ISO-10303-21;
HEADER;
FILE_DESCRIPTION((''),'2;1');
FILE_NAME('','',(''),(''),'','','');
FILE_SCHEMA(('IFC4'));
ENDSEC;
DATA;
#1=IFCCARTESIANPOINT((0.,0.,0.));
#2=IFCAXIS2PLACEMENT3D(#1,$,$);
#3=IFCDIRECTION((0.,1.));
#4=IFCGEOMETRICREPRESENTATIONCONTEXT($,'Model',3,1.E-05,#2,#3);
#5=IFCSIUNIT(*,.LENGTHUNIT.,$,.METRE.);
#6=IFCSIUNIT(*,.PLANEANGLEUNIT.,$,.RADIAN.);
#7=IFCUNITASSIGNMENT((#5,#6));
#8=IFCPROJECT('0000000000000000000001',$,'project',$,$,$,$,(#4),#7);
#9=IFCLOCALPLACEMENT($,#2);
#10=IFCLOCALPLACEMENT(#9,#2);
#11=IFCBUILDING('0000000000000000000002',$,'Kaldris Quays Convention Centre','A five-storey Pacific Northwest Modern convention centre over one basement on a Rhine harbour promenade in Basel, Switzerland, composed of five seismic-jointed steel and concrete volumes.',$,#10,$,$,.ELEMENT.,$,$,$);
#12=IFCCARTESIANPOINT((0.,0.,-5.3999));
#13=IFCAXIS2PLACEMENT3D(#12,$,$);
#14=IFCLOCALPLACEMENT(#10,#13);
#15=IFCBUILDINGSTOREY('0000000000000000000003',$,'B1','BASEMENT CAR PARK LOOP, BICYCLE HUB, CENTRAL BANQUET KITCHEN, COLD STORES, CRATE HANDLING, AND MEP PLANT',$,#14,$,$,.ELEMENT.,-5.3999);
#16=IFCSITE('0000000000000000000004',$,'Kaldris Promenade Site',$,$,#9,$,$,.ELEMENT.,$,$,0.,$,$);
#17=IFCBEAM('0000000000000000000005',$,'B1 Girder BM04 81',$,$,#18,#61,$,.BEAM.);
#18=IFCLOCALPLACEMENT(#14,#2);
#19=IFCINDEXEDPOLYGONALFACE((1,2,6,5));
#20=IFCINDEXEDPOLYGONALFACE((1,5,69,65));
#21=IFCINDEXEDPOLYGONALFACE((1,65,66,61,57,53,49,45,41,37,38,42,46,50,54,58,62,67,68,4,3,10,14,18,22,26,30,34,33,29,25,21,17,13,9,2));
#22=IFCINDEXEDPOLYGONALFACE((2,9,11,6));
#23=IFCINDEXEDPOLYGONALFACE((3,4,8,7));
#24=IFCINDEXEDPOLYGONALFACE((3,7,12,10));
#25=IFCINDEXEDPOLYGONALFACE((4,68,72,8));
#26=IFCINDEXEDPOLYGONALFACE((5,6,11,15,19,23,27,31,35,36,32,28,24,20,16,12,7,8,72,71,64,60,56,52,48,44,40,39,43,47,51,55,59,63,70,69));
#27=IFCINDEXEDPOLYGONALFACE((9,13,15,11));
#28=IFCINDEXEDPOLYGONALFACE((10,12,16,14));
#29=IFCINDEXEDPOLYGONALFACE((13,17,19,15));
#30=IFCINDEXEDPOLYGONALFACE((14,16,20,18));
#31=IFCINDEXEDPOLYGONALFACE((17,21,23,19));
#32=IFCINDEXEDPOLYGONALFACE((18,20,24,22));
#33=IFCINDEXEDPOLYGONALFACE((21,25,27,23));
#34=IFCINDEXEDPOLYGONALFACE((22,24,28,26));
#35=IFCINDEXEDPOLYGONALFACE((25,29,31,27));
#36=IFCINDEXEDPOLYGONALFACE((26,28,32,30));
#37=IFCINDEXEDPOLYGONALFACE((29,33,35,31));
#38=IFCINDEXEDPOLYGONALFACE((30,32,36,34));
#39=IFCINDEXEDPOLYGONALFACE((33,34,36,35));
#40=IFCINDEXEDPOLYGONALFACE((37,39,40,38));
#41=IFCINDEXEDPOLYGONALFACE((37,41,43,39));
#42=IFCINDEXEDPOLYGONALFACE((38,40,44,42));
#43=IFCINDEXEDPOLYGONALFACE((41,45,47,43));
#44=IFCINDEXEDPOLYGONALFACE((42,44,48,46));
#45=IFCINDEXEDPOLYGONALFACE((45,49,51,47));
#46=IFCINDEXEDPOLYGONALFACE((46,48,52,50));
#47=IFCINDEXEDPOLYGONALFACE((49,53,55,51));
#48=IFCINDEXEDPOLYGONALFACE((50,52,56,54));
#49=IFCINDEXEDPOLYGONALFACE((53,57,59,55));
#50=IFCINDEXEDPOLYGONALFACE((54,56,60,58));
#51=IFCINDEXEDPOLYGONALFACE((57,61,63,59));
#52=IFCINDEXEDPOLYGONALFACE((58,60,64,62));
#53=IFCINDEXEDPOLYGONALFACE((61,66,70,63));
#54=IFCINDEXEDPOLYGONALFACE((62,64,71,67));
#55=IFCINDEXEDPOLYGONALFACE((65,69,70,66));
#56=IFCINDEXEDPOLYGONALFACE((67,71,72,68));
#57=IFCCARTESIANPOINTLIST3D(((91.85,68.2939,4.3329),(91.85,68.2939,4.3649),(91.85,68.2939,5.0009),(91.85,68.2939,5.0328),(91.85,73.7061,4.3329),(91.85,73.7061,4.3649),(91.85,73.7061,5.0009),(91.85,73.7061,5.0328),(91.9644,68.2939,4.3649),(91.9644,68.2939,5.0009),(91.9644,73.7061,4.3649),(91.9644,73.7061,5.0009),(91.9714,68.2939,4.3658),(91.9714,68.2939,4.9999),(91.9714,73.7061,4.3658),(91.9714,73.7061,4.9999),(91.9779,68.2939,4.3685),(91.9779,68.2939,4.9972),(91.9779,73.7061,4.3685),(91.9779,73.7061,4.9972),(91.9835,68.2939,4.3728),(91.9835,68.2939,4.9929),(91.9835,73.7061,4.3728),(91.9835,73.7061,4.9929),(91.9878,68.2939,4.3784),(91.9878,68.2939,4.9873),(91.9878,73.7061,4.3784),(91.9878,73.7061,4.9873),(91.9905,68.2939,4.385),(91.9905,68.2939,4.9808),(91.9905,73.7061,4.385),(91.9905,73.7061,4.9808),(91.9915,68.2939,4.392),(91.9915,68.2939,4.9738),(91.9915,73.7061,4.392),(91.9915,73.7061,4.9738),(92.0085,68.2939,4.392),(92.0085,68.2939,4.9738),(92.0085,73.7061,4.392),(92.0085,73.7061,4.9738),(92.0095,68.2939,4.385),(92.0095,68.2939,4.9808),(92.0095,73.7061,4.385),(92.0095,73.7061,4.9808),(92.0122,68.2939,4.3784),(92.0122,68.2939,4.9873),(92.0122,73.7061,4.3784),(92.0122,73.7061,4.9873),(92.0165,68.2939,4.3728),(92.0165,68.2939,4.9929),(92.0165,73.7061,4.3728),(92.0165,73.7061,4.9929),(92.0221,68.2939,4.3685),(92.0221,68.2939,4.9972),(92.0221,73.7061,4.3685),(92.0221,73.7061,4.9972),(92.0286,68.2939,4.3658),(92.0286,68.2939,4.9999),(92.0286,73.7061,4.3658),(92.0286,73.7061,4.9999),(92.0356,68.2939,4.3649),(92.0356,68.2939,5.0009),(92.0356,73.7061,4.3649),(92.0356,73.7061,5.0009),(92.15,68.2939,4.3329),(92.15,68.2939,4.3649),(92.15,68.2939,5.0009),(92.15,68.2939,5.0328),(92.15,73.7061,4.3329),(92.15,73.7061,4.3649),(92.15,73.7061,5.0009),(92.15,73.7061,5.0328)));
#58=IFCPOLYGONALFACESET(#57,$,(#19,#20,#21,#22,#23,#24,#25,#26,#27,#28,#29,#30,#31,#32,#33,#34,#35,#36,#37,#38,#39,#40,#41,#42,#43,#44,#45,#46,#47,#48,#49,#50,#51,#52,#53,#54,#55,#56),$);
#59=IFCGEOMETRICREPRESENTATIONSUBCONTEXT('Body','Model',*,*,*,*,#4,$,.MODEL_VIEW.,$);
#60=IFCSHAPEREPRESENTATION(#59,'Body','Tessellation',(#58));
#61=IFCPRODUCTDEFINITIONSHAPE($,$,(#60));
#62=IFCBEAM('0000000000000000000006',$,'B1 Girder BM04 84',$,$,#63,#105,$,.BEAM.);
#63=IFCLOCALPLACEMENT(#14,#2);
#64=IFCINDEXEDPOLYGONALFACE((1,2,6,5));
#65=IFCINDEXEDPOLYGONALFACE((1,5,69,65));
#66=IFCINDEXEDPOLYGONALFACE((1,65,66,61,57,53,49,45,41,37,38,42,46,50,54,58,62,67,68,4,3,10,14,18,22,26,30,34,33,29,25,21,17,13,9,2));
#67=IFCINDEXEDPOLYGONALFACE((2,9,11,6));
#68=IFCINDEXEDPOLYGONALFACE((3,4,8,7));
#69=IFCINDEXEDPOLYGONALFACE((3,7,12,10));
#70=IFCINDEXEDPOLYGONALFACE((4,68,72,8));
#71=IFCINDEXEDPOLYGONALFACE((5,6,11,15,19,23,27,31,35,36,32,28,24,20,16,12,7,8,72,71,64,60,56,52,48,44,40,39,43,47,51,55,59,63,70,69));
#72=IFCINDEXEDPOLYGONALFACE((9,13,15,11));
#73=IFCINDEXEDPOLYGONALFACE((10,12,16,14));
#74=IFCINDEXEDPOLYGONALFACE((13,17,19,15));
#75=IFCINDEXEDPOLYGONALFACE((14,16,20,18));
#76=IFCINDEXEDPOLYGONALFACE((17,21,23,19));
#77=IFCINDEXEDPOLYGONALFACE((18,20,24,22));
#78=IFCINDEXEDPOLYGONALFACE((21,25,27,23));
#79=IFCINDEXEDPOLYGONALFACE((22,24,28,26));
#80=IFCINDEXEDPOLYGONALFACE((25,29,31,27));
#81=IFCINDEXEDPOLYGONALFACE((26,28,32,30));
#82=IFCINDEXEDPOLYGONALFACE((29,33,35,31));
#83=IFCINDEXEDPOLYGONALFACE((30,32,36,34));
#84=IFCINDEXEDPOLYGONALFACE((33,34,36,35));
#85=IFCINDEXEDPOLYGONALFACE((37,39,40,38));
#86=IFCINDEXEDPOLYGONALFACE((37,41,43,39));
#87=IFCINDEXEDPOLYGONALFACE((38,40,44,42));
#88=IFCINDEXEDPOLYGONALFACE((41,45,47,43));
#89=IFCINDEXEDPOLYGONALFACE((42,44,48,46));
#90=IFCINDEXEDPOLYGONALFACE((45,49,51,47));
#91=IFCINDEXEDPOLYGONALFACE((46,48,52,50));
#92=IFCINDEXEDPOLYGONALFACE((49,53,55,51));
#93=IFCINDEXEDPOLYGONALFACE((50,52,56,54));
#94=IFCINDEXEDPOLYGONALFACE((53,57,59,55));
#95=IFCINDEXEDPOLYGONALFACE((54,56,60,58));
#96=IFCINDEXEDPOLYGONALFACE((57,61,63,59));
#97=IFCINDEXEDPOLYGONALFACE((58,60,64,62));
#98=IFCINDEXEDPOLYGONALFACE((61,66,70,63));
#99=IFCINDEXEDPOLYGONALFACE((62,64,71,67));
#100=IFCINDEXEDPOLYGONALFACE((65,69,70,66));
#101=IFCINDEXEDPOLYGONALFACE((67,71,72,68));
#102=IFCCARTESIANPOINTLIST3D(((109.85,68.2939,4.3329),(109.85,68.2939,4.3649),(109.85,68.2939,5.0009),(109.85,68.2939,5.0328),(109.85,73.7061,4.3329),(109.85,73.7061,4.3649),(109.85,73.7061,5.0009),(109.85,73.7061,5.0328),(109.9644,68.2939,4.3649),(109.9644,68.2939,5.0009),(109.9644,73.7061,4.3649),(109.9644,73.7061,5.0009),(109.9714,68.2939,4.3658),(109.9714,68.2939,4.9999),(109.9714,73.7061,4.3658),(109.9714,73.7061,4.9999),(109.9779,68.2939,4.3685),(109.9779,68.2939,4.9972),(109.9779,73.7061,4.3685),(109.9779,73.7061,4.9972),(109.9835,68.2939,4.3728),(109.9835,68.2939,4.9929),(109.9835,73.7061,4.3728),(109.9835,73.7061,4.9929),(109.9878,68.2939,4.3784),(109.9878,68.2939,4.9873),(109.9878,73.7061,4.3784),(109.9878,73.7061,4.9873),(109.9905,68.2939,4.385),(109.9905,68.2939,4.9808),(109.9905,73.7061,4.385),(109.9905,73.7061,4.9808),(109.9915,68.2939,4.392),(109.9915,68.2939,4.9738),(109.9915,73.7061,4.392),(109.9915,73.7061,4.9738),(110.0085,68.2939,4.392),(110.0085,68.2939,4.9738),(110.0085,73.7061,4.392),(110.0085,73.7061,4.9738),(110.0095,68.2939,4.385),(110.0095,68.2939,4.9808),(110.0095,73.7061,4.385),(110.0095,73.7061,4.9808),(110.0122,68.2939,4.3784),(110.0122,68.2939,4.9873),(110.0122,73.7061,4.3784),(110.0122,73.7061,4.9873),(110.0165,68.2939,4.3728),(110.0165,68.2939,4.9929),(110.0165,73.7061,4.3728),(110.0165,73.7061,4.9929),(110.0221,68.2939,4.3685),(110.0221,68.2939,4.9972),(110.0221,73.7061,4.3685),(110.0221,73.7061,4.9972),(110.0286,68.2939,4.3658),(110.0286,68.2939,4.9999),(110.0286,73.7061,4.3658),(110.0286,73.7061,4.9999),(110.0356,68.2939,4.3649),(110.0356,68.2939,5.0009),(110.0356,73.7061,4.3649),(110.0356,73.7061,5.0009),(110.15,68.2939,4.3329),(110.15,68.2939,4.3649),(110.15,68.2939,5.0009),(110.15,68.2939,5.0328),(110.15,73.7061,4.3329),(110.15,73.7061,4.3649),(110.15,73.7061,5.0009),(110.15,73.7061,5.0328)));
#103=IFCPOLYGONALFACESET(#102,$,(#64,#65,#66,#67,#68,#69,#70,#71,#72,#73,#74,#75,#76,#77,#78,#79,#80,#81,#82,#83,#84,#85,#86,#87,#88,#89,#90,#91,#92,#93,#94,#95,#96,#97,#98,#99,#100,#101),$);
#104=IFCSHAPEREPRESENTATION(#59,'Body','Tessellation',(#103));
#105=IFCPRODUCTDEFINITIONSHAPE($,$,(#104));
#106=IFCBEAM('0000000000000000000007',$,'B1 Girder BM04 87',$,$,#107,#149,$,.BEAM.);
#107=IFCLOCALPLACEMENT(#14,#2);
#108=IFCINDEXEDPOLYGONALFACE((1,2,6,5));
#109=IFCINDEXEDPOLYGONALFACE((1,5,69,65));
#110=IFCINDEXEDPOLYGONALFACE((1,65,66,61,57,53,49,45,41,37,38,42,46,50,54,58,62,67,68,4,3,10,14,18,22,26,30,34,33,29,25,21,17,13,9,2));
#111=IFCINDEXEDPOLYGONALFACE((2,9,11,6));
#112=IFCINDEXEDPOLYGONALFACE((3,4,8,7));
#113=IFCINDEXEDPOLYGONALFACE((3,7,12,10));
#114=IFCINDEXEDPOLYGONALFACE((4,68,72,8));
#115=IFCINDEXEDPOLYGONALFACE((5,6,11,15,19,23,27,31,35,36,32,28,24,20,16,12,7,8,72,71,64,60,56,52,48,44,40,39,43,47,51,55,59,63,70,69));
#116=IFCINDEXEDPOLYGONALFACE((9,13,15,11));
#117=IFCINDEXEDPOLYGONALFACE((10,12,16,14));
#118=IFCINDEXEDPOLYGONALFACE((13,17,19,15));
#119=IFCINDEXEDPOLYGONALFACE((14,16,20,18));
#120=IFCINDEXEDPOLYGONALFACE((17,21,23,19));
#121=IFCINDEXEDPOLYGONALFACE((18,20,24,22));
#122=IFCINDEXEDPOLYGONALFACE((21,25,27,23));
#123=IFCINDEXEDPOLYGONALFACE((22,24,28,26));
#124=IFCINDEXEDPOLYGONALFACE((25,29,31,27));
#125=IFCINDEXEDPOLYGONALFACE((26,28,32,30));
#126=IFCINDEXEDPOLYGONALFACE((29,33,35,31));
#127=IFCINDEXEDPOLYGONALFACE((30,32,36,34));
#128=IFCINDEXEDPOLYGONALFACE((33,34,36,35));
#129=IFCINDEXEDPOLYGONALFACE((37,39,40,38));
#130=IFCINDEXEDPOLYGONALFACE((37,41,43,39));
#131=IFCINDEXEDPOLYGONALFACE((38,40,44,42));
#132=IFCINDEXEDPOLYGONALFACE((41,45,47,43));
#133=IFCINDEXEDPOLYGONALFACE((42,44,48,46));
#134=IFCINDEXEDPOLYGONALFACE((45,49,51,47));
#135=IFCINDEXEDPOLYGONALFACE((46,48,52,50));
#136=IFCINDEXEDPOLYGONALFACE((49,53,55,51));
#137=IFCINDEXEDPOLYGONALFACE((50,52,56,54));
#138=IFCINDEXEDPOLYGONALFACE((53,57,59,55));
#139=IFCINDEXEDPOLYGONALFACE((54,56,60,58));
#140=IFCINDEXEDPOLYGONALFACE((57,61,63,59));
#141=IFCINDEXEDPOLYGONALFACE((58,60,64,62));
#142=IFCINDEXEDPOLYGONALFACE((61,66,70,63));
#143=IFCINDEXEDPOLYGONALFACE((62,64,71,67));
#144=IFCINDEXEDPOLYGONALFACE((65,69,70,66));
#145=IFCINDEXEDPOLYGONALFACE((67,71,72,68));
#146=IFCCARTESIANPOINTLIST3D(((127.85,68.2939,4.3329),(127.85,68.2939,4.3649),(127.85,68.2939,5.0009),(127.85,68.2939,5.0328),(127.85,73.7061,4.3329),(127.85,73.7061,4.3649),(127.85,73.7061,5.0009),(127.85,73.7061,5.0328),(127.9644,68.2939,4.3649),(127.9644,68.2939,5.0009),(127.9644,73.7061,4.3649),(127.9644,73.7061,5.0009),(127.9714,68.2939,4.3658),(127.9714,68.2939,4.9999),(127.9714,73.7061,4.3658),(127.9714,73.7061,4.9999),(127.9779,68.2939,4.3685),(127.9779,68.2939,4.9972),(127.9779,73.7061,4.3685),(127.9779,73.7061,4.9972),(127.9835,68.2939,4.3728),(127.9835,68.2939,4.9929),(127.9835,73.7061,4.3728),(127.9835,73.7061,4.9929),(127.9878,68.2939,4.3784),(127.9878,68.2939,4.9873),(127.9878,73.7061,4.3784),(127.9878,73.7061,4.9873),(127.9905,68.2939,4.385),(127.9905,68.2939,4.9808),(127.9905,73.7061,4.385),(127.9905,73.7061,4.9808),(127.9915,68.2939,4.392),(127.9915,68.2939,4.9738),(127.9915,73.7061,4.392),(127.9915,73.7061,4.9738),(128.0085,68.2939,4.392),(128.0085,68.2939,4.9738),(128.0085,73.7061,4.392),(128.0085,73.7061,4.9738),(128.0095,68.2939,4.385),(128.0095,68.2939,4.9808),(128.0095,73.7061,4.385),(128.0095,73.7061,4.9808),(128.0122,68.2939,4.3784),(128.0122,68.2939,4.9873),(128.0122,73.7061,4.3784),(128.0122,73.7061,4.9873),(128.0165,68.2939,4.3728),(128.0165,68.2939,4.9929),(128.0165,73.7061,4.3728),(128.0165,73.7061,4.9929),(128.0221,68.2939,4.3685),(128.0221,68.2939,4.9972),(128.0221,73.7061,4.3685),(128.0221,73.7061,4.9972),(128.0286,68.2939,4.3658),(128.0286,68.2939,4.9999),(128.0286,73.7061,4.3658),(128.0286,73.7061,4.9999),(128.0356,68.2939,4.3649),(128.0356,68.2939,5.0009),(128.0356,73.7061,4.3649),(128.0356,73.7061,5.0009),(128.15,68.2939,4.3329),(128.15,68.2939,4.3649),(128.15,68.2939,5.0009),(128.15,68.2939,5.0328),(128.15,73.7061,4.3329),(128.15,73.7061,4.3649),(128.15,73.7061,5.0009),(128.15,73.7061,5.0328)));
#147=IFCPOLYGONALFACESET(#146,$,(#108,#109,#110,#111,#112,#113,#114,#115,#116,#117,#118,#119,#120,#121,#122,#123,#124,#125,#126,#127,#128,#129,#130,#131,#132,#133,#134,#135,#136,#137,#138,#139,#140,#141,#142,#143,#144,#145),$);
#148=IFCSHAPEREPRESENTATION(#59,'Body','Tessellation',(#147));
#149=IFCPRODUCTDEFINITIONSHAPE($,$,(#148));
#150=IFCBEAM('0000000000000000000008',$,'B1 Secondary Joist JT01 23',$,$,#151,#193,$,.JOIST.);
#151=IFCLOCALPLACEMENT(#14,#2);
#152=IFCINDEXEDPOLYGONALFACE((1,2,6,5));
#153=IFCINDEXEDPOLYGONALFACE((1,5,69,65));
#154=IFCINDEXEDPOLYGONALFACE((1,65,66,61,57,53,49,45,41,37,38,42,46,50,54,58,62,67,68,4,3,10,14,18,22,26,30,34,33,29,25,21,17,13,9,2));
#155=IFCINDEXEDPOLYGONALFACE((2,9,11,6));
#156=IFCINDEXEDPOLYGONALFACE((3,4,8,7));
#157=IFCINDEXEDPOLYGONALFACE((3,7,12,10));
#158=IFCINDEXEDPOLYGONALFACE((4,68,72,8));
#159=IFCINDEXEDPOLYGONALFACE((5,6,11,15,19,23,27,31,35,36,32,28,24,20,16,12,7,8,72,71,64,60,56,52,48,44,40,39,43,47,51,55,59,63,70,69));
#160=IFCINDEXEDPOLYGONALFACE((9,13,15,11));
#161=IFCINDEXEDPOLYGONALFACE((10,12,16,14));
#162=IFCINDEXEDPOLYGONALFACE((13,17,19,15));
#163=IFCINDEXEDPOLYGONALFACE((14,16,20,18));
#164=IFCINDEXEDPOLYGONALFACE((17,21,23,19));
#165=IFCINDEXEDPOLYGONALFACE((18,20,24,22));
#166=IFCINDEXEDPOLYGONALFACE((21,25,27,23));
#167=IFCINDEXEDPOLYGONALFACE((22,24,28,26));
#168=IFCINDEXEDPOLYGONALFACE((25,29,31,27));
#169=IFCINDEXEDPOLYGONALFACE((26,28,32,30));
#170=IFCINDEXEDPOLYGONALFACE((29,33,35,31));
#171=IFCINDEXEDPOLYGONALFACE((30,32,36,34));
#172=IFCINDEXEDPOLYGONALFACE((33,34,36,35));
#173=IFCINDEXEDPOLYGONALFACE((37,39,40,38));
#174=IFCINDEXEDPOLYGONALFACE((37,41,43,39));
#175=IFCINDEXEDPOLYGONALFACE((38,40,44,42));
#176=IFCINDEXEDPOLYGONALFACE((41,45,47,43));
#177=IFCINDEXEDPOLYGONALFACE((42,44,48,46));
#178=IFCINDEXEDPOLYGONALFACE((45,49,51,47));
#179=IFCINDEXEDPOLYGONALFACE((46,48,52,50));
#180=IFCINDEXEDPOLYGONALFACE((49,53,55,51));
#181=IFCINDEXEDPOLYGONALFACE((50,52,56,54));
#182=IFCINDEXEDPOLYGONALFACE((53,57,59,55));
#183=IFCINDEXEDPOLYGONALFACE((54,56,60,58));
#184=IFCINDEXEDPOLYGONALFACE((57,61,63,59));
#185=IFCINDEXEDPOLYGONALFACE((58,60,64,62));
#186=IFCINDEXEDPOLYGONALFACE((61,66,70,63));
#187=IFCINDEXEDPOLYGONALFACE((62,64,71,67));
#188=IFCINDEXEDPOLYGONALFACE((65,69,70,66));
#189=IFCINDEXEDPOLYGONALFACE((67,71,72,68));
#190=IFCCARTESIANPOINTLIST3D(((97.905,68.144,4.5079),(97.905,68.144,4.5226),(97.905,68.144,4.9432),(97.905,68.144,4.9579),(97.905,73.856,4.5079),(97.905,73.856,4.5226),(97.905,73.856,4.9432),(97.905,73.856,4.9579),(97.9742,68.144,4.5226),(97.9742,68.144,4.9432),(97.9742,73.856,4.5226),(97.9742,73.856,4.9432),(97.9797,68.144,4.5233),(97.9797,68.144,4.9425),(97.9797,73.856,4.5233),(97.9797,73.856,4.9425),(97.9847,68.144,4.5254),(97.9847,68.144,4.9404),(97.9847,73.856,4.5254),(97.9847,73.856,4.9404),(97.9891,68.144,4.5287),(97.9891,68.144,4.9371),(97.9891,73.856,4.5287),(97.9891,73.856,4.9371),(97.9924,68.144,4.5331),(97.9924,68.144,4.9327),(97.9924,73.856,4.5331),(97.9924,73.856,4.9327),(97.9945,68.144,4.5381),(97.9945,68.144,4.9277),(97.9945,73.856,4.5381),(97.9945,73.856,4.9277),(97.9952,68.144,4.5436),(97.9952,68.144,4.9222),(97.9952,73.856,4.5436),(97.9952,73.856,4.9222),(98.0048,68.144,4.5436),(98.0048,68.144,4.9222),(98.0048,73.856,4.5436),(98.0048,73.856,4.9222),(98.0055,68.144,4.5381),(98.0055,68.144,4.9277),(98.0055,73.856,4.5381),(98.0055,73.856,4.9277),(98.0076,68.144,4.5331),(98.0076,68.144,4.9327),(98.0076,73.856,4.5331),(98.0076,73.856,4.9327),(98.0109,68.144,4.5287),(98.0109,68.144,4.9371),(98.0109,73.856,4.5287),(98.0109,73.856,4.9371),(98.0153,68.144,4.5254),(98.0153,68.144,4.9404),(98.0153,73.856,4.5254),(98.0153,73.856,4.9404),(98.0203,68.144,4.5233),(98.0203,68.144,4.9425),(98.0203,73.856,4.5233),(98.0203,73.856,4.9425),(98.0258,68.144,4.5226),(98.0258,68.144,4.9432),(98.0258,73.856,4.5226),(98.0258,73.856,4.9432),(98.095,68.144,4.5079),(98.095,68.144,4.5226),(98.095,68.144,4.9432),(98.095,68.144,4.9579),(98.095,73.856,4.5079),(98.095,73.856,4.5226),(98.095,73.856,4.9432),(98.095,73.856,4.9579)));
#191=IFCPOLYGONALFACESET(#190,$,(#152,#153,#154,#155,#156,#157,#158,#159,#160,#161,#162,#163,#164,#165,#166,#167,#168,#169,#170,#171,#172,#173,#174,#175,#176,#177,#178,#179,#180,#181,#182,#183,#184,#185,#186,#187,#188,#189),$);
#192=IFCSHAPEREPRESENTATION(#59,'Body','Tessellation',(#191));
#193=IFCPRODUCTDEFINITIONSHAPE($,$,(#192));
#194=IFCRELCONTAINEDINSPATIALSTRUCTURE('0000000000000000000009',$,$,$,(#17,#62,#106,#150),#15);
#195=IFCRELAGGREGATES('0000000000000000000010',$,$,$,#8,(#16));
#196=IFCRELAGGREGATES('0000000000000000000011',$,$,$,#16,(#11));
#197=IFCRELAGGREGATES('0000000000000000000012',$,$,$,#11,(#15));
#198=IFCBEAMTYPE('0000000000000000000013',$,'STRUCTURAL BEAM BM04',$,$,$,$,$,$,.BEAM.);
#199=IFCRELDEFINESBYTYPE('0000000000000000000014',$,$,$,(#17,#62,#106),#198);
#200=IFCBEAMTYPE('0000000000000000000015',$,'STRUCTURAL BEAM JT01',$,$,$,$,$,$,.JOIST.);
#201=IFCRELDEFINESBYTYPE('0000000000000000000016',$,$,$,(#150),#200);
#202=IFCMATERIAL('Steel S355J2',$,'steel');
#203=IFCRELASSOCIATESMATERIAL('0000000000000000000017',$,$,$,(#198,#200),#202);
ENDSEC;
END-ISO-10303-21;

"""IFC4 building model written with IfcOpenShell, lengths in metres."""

from ifc_helpers import new_model, si_unit, direction, frame, origin, origin_2d, place, context, subcontext, project, spatial, i_section, extrude, material, material_profile, profile_set, type_object, element, save


model = new_model("IFC4")

# Units and contexts
model_context = context("Model", 3, precision=1e-05, world=origin(), true_north=direction((0.0, 1.0)))
body_context = subcontext(model_context, "Body", "Model", "MODEL_VIEW")
ifc_project = project(units=[si_unit("LENGTHUNIT", "METRE"), si_unit("PLANEANGLEUNIT", "RADIAN")], contexts=[model_context])

# Site, building, storey
site_placement = place(None, origin())
site = spatial("IfcSite", under=ifc_project, at=site_placement, Name="Kaldris Promenade Site", CompositionType="ELEMENT", RefElevation=0.0)
building_placement = place(site_placement, origin())
building = spatial("IfcBuilding", under=site, at=building_placement, Name="Kaldris Quays Convention Centre", Description="A five-storey Pacific Northwest Modern convention centre over one basement on a Rhine harbour promenade in Basel, Switzerland, composed of five seismic-jointed steel and concrete volumes.", CompositionType="ELEMENT")
storey_placement = place(building_placement, frame((0.0, 0.0, -5.3999)))
storey = spatial("IfcBuildingStorey", under=building, at=storey_placement, Name="B1", Description="BASEMENT CAR PARK LOOP, BICYCLE HUB, CENTRAL BANQUET KITCHEN, COLD STORES, CRATE HANDLING, AND MEP PLANT", CompositionType="ELEMENT", Elevation=-5.3999)

# Shared definitions
ifc_material_1 = material(Name="Steel S355J2", Category="steel")

# Beams
ifc_material_profile_1 = material_profile(ifc_material_1, i_section(OverallWidth=0.3, OverallDepth=0.7, WebThickness=0.0171, FlangeThickness=0.032, FilletRadius=0.0271, at=origin_2d()), Name="HEB 700")
ifc_profile_set_1 = profile_set([ifc_material_profile_1], Name="Steel S355J2")
beam_type_1 = type_object("IfcBeamType", Name="STRUCTURAL BEAM BM04", PredefinedType="BEAM", material=ifc_profile_set_1)
for number, where, z_axis, x_axis, name in (
    (1, (92.0, 68.2939, 4.6829), (0.0, 1.0, 0.0), (-1.0, 0.0, 0.0), "B1 Girder BM04 81"),
    (2, (110.0, 68.2939, 4.6829), (0.0, 1.0, 0.0), (-1.0, 0.0, 0.0), "B1 Girder BM04 84"),
    (3, (128.0, 68.2939, 4.6829), (0.0, 1.0, 0.0), (-1.0, 0.0, 0.0), "B1 Girder BM04 87"),
):
    element("IfcBeam", number, at=place(storey_placement, frame(where, z_axis=z_axis, x_axis=x_axis)), inside=storey, type_object=beam_type_1, Name=name, PredefinedType="BEAM", context=body_context, shape_type="SweptSolid", body=[
        extrude(i_section(OverallWidth=0.3, OverallDepth=0.7, WebThickness=0.0171, FlangeThickness=0.032, FilletRadius=0.0271, at=origin_2d()), origin(), (0.0, 0.0, 1.0), 5.4121),
    ])
ifc_material_profile_2 = material_profile(ifc_material_1, i_section(OverallWidth=0.1899, OverallDepth=0.45, WebThickness=0.0095, FlangeThickness=0.0146, FilletRadius=0.021, at=origin_2d()), Name="IPE 450")
ifc_profile_set_2 = profile_set([ifc_material_profile_2], Name="Steel S355J2")
beam_type_2 = type_object("IfcBeamType", Name="STRUCTURAL BEAM JT01", PredefinedType="JOIST", material=ifc_profile_set_2)
for number, where, z_axis, x_axis, name in (
    (4, (98.0, 68.144, 4.7329), (0.0, 1.0, 0.0), (-1.0, 0.0, 0.0), "B1 Secondary Joist JT01 23"),
):
    element("IfcBeam", number, at=place(storey_placement, frame(where, z_axis=z_axis, x_axis=x_axis)), inside=storey, type_object=beam_type_2, Name=name, PredefinedType="JOIST", context=body_context, shape_type="SweptSolid", body=[
        extrude(i_section(OverallWidth=0.1899, OverallDepth=0.45, WebThickness=0.0095, FlangeThickness=0.0146, FilletRadius=0.021, at=origin_2d()), origin(), (0.0, 0.0, 1.0), 5.7119),
    ])

save(model, "model.ifc")
